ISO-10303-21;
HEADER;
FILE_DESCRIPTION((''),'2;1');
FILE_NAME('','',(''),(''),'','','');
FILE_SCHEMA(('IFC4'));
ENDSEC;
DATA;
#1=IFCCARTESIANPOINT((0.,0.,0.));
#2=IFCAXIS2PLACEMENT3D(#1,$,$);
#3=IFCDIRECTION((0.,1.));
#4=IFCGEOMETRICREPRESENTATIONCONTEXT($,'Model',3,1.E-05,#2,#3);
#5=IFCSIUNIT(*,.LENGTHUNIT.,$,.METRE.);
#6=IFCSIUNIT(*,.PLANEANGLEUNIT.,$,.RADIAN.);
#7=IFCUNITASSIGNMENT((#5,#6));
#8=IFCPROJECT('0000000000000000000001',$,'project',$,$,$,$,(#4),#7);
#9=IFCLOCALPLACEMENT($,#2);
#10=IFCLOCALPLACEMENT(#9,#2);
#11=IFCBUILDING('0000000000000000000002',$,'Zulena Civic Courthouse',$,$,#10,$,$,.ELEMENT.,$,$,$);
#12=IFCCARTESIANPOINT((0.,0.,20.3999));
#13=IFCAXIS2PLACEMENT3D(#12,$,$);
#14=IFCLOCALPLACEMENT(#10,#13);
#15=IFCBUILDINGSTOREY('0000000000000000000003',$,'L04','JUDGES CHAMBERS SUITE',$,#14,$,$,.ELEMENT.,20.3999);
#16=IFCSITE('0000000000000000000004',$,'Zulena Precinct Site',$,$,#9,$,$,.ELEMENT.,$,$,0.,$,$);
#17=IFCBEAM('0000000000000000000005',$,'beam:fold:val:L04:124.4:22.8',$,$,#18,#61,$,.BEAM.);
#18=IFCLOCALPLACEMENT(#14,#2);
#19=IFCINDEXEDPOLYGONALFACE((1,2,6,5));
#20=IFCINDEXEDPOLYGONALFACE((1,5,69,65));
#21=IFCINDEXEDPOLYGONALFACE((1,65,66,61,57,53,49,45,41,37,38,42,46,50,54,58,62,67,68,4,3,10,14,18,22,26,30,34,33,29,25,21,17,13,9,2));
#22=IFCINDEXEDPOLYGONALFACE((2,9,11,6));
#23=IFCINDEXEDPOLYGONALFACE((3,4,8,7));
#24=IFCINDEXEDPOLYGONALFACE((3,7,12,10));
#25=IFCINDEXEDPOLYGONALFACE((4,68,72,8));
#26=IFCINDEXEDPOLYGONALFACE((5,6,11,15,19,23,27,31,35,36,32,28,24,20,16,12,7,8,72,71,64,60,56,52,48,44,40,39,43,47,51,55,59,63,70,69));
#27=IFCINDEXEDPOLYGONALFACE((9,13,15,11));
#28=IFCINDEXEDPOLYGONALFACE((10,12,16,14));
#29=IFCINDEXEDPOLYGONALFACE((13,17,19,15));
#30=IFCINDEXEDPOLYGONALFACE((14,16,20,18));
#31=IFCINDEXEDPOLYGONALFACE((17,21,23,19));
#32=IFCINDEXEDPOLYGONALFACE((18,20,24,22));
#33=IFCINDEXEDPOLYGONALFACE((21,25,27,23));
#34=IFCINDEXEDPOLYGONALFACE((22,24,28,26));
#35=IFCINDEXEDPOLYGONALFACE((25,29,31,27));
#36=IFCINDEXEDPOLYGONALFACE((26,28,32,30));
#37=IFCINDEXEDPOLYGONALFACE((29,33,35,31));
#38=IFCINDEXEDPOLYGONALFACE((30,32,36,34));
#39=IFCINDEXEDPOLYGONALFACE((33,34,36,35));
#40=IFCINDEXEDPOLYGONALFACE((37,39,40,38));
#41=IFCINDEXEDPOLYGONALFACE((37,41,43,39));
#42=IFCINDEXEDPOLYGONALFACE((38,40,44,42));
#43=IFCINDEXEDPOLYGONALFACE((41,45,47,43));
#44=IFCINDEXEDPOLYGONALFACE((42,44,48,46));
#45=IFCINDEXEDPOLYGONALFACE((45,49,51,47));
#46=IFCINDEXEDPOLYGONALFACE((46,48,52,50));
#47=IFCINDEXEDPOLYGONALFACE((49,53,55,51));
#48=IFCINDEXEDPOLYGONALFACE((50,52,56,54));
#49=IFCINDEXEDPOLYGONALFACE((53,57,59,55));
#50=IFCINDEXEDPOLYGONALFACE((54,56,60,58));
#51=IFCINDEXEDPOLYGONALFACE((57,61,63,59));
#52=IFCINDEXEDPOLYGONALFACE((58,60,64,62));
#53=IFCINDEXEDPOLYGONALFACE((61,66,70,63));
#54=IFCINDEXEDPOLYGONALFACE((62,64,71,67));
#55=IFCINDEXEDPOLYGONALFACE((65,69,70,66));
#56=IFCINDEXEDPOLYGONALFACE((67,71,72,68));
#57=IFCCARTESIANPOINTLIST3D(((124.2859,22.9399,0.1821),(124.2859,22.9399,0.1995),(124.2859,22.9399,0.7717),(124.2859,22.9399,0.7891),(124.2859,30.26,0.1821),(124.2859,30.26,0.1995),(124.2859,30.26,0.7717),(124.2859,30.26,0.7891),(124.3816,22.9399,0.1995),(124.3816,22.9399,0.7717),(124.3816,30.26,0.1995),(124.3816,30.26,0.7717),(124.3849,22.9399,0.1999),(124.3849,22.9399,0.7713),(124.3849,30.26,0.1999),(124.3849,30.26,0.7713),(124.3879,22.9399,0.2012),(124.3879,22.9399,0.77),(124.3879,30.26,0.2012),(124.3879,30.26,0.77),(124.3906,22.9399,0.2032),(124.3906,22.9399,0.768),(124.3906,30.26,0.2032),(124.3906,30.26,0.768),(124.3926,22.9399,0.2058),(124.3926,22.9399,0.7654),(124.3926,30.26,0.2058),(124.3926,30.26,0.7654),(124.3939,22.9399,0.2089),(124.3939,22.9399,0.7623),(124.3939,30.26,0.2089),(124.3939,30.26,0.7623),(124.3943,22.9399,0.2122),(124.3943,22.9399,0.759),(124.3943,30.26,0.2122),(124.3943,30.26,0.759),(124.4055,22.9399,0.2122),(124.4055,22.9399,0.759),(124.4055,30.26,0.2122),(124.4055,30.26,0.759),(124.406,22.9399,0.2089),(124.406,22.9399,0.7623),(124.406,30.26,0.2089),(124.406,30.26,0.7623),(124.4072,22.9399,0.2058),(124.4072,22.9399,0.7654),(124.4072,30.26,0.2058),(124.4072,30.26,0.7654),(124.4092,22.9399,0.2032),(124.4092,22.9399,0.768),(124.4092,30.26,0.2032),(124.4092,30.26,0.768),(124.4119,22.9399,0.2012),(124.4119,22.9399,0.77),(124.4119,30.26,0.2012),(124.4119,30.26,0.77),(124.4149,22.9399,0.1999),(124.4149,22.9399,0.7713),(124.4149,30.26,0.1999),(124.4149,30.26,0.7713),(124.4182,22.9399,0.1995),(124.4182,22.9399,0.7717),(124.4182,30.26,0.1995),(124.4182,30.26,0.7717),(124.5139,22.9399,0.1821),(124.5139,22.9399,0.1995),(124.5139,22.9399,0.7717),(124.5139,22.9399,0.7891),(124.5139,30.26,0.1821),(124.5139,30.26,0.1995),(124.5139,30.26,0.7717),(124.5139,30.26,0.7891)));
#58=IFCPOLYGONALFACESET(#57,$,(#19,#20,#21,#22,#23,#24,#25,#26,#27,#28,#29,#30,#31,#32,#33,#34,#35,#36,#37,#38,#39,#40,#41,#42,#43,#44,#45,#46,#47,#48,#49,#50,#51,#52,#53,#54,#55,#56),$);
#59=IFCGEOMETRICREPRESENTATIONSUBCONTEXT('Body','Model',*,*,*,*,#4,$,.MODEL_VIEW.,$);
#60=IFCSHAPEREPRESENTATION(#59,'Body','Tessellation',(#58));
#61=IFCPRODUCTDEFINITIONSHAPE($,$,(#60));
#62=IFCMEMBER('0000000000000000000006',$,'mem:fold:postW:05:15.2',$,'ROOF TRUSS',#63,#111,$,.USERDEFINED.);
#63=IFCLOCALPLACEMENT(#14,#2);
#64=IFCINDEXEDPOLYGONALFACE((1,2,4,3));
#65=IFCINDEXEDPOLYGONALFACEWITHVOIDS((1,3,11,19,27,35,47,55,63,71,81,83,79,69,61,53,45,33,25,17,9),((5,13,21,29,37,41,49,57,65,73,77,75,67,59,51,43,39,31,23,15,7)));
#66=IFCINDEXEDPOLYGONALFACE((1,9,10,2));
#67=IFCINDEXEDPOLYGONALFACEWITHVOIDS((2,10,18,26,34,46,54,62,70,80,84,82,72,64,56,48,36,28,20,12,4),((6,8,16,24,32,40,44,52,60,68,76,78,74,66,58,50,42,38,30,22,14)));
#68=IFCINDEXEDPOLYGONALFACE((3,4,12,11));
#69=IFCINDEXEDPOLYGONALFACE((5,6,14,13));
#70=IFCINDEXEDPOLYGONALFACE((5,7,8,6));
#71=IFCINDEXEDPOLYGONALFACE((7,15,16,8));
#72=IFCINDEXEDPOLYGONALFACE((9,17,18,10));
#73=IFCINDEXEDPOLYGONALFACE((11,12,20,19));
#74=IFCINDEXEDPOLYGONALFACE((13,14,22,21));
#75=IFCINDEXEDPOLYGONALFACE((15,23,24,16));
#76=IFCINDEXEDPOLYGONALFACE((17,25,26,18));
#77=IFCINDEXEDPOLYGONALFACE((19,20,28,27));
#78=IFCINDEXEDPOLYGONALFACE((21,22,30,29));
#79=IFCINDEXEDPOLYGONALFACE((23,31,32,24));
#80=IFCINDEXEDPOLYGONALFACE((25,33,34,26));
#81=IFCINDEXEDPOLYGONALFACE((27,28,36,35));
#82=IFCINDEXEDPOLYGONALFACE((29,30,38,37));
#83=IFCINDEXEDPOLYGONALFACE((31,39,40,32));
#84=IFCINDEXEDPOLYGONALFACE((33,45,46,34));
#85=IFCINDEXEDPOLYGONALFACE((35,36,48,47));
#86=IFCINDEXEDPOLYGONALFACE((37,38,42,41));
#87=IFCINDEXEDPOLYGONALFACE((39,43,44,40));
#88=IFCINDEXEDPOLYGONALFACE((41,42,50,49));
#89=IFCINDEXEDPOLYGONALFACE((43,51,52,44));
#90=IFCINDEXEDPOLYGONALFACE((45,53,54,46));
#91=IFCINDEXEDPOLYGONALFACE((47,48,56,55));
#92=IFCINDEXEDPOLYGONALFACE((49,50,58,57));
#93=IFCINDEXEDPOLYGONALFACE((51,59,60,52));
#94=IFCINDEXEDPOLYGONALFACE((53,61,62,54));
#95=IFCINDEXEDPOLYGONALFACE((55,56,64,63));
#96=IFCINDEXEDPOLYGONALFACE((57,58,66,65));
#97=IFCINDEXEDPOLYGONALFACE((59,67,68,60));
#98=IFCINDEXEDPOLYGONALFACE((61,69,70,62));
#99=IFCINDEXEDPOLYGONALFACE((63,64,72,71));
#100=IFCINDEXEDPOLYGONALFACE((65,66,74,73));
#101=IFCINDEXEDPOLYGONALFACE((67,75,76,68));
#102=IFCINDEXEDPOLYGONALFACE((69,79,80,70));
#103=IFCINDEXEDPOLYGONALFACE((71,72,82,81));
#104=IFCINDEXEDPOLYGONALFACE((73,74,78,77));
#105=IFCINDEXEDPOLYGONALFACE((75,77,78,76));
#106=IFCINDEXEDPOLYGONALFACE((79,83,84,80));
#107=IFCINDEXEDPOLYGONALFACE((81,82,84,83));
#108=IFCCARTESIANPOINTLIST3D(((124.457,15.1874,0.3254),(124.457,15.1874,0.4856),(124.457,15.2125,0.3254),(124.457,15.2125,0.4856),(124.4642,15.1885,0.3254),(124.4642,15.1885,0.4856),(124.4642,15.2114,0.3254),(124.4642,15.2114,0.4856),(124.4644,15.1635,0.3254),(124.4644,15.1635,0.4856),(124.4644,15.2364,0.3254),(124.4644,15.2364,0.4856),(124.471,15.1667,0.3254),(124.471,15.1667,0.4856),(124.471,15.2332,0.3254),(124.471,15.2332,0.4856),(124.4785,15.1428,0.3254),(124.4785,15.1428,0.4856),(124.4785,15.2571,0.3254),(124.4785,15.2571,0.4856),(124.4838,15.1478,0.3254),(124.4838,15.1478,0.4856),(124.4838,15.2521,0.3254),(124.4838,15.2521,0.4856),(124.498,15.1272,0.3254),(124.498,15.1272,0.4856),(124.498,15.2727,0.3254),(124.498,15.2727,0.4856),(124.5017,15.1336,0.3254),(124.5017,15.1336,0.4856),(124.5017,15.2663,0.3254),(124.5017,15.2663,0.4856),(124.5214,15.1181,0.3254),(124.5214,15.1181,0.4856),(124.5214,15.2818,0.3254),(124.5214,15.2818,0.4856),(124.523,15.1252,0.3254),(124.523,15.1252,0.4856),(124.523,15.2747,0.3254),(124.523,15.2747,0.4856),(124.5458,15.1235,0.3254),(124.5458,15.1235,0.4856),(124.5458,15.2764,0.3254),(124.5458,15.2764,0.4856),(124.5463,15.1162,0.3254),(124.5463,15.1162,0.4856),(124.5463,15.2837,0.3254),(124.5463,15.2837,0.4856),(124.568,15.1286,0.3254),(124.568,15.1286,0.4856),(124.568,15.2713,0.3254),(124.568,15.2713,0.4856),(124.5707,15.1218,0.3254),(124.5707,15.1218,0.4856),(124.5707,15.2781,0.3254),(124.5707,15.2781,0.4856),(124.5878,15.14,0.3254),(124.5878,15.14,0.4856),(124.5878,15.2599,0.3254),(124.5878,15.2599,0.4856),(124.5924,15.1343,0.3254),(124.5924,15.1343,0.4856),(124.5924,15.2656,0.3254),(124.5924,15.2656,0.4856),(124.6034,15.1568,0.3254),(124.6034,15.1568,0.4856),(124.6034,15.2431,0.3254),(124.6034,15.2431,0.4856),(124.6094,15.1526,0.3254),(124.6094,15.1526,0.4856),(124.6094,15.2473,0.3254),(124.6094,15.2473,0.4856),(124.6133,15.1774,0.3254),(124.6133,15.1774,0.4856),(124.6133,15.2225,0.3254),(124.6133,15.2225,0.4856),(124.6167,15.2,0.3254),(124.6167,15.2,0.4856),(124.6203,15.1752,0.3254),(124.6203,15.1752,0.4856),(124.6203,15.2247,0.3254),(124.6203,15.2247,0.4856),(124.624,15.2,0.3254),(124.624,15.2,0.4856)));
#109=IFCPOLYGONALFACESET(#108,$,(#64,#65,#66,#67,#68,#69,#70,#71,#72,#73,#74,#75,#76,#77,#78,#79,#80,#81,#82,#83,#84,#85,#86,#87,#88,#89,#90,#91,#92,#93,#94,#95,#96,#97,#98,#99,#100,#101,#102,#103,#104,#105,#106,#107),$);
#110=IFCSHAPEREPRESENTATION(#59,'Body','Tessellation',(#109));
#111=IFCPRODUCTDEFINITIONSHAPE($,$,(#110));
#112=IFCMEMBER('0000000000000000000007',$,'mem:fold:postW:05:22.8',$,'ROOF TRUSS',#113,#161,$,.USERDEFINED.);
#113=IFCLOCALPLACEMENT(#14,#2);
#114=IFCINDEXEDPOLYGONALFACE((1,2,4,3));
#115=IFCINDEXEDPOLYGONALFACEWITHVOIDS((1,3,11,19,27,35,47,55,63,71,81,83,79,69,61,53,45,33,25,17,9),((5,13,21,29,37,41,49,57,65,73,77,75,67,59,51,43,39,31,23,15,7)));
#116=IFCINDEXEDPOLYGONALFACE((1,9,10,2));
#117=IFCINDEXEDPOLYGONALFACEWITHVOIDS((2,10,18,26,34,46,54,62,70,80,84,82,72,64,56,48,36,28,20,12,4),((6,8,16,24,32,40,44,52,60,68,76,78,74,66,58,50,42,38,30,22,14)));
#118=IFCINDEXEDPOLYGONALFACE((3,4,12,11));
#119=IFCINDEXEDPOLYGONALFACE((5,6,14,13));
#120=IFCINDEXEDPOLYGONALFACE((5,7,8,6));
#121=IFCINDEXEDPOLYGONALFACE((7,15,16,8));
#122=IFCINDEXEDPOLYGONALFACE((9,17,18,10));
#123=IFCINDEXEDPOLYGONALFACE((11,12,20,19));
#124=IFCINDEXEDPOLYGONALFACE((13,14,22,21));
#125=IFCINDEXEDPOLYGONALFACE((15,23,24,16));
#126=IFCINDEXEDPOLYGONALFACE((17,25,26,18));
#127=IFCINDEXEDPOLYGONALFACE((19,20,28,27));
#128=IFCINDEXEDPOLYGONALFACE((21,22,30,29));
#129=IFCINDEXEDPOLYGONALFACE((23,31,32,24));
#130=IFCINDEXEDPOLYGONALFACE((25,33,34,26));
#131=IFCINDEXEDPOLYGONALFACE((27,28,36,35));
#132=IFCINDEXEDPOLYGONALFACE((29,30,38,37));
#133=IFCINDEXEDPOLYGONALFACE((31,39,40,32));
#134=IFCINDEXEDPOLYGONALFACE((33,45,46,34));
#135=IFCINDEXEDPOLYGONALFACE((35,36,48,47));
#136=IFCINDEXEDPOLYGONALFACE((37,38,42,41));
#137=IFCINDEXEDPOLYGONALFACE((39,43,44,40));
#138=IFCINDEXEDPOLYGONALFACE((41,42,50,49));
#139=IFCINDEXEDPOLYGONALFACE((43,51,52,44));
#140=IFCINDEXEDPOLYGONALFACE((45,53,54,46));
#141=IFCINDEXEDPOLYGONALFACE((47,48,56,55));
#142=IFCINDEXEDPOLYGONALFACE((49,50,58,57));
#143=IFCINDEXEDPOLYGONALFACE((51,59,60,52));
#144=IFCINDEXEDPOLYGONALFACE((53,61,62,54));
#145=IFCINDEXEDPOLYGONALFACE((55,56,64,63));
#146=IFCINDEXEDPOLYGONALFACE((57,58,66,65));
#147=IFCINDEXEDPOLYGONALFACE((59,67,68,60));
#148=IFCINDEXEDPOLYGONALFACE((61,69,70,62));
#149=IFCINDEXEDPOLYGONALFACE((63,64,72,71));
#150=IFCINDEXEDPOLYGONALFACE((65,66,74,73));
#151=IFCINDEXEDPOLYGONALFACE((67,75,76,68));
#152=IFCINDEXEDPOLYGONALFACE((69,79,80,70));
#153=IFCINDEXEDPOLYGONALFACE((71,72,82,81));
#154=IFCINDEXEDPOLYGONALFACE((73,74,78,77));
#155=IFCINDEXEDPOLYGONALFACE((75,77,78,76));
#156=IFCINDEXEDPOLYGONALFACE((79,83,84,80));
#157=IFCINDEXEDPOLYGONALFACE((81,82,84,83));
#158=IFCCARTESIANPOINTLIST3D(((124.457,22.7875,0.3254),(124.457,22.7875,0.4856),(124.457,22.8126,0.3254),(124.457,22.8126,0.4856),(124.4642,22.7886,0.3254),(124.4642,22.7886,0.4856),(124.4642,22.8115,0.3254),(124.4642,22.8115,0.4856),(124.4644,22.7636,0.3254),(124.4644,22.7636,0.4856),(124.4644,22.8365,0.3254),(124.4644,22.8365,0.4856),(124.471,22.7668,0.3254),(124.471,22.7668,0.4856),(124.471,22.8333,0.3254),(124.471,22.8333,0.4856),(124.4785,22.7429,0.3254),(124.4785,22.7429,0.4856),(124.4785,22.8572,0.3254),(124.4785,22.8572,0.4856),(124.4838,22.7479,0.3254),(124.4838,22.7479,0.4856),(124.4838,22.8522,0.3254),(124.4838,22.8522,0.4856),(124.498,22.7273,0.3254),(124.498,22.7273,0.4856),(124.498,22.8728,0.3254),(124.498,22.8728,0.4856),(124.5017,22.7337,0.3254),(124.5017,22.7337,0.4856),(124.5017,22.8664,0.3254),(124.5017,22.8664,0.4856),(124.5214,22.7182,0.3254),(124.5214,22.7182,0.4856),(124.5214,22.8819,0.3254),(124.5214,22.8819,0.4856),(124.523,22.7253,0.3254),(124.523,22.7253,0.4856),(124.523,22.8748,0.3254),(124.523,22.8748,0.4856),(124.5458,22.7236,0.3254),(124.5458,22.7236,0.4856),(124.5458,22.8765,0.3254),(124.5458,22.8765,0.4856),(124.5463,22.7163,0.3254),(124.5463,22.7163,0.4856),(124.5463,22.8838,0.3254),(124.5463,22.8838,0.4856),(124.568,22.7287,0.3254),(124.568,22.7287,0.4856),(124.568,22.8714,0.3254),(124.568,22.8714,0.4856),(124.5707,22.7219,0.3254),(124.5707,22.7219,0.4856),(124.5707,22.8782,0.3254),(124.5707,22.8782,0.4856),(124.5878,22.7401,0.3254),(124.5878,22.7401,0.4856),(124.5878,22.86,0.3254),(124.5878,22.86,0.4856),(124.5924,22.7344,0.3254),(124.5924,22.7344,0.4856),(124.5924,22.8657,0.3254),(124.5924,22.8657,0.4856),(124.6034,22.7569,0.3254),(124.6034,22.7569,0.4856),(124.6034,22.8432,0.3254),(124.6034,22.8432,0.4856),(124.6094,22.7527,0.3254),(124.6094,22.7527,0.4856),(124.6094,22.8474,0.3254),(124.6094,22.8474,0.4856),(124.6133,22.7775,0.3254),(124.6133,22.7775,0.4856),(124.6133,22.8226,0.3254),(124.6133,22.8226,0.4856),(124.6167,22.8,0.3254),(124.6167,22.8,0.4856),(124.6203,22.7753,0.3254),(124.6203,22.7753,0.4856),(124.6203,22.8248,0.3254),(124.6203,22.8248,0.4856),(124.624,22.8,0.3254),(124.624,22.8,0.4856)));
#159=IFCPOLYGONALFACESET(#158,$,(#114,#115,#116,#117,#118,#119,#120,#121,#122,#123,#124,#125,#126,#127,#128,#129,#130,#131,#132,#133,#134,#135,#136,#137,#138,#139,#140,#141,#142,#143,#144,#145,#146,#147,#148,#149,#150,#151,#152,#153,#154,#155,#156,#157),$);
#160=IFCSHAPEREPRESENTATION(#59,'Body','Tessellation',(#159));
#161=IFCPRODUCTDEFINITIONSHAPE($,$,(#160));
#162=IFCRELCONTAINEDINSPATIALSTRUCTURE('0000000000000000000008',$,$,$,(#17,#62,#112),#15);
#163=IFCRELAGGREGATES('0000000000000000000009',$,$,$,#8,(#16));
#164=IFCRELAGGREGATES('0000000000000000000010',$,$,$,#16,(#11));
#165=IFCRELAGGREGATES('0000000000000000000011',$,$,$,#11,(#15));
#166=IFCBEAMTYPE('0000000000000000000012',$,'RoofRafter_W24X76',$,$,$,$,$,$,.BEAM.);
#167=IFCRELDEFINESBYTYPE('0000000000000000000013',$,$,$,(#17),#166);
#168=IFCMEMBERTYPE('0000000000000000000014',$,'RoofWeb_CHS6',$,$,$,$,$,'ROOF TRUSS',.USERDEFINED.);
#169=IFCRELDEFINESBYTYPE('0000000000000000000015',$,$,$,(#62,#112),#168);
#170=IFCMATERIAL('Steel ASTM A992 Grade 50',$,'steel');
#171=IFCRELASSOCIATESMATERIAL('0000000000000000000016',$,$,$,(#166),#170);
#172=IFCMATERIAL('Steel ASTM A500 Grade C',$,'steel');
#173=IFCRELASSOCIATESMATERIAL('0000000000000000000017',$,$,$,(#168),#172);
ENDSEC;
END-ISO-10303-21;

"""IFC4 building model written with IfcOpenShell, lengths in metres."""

from ifc_helpers import new_model, si_unit, direction, frame, origin, origin_2d, place, context, subcontext, project, spatial, hollow_circle, i_section, extrude, material, material_profile, profile_set, type_object, element, save


model = new_model("IFC4")

# Units and contexts
model_context = context("Model", 3, precision=1e-05, world=origin(), true_north=direction((0.0, 1.0)))
body_context = subcontext(model_context, "Body", "Model", "MODEL_VIEW")
ifc_project = project(units=[si_unit("LENGTHUNIT", "METRE"), si_unit("PLANEANGLEUNIT", "RADIAN")], contexts=[model_context])

# Site, building, storey
site_placement = place(None, origin())
site = spatial("IfcSite", under=ifc_project, at=site_placement, Name="Zulena Precinct Site", CompositionType="ELEMENT", RefElevation=0.0)
building_placement = place(site_placement, origin())
building = spatial("IfcBuilding", under=site, at=building_placement, Name="Zulena Civic Courthouse", CompositionType="ELEMENT")
storey_placement = place(building_placement, frame((0.0, 0.0, 20.3999)))
storey = spatial("IfcBuildingStorey", under=building, at=storey_placement, Name="L04", Description="JUDGES CHAMBERS SUITE", CompositionType="ELEMENT", Elevation=20.3999)

# Shared definitions
ifc_material_1 = material(Name="Steel ASTM A992 Grade 50", Category="steel")

# Beam
ifc_material_profile_1 = material_profile(ifc_material_1, i_section(OverallWidth=0.228, OverallDepth=0.6069, WebThickness=0.0112, FlangeThickness=0.0173, FilletRadius=0.0127, at=origin_2d()), Name="W24X76")
ifc_profile_set_1 = profile_set([ifc_material_profile_1], Name="Steel ASTM A992 Grade 50")
beam_type_1 = type_object("IfcBeamType", Name="RoofRafter_W24X76", PredefinedType="BEAM", material=ifc_profile_set_1)
beam_1_placement = place(storey_placement, frame((124.3999, 22.9399, 0.4856), z_axis=(0.0, 1.0, 0.0), x_axis=(-1.0, 0.0, 0.0)))
element("IfcBeam", 1, at=beam_1_placement, inside=storey, type_object=beam_type_1, Name="beam:fold:val:L04:124.4:22.8", PredefinedType="BEAM", context=body_context, shape_type="SweptSolid", body=[
    extrude(i_section(OverallWidth=0.228, OverallDepth=0.6069, WebThickness=0.0112, FlangeThickness=0.0173, FilletRadius=0.0127, at=origin_2d()), origin(), (0.0, 0.0, 1.0), 7.3201),
])

# Members
ifc_material_2 = material(Name="Steel ASTM A500 Grade C", Category="steel")
ifc_material_profile_2 = material_profile(ifc_material_2, hollow_circle(Radius=0.084, WallThickness=0.0073, at=origin_2d()), Name="HSS6.625X0.312")
ifc_profile_set_2 = profile_set([ifc_material_profile_2], Name="Steel ASTM A500 Grade C")
member_type_1 = type_object("IfcMemberType", Name="RoofWeb_CHS6", ElementType="ROOF TRUSS", PredefinedType="USERDEFINED", material=ifc_profile_set_2)
for number, where, z_axis, x_axis, name in (
    (2, (124.54, 15.2, 0.3254), (0.0, 0.0, 1.0), (1.0, 0.0, 0.0), "mem:fold:postW:05:15.2"),
    (3, (124.54, 22.8, 0.3254), (0.0, 0.0, 1.0), (1.0, 0.0, 0.0), "mem:fold:postW:05:22.8"),
):
    element("IfcMember", number, at=place(storey_placement, frame(where, z_axis=z_axis, x_axis=x_axis)), inside=storey, type_object=member_type_1, Name=name, ObjectType="ROOF TRUSS", PredefinedType="USERDEFINED", context=body_context, shape_type="SweptSolid", body=[
        extrude(hollow_circle(Radius=0.084, WallThickness=0.0073, at=origin_2d()), origin(), (0.0, 0.0, 1.0), 0.1602),
    ])

save(model, "model.ifc")
